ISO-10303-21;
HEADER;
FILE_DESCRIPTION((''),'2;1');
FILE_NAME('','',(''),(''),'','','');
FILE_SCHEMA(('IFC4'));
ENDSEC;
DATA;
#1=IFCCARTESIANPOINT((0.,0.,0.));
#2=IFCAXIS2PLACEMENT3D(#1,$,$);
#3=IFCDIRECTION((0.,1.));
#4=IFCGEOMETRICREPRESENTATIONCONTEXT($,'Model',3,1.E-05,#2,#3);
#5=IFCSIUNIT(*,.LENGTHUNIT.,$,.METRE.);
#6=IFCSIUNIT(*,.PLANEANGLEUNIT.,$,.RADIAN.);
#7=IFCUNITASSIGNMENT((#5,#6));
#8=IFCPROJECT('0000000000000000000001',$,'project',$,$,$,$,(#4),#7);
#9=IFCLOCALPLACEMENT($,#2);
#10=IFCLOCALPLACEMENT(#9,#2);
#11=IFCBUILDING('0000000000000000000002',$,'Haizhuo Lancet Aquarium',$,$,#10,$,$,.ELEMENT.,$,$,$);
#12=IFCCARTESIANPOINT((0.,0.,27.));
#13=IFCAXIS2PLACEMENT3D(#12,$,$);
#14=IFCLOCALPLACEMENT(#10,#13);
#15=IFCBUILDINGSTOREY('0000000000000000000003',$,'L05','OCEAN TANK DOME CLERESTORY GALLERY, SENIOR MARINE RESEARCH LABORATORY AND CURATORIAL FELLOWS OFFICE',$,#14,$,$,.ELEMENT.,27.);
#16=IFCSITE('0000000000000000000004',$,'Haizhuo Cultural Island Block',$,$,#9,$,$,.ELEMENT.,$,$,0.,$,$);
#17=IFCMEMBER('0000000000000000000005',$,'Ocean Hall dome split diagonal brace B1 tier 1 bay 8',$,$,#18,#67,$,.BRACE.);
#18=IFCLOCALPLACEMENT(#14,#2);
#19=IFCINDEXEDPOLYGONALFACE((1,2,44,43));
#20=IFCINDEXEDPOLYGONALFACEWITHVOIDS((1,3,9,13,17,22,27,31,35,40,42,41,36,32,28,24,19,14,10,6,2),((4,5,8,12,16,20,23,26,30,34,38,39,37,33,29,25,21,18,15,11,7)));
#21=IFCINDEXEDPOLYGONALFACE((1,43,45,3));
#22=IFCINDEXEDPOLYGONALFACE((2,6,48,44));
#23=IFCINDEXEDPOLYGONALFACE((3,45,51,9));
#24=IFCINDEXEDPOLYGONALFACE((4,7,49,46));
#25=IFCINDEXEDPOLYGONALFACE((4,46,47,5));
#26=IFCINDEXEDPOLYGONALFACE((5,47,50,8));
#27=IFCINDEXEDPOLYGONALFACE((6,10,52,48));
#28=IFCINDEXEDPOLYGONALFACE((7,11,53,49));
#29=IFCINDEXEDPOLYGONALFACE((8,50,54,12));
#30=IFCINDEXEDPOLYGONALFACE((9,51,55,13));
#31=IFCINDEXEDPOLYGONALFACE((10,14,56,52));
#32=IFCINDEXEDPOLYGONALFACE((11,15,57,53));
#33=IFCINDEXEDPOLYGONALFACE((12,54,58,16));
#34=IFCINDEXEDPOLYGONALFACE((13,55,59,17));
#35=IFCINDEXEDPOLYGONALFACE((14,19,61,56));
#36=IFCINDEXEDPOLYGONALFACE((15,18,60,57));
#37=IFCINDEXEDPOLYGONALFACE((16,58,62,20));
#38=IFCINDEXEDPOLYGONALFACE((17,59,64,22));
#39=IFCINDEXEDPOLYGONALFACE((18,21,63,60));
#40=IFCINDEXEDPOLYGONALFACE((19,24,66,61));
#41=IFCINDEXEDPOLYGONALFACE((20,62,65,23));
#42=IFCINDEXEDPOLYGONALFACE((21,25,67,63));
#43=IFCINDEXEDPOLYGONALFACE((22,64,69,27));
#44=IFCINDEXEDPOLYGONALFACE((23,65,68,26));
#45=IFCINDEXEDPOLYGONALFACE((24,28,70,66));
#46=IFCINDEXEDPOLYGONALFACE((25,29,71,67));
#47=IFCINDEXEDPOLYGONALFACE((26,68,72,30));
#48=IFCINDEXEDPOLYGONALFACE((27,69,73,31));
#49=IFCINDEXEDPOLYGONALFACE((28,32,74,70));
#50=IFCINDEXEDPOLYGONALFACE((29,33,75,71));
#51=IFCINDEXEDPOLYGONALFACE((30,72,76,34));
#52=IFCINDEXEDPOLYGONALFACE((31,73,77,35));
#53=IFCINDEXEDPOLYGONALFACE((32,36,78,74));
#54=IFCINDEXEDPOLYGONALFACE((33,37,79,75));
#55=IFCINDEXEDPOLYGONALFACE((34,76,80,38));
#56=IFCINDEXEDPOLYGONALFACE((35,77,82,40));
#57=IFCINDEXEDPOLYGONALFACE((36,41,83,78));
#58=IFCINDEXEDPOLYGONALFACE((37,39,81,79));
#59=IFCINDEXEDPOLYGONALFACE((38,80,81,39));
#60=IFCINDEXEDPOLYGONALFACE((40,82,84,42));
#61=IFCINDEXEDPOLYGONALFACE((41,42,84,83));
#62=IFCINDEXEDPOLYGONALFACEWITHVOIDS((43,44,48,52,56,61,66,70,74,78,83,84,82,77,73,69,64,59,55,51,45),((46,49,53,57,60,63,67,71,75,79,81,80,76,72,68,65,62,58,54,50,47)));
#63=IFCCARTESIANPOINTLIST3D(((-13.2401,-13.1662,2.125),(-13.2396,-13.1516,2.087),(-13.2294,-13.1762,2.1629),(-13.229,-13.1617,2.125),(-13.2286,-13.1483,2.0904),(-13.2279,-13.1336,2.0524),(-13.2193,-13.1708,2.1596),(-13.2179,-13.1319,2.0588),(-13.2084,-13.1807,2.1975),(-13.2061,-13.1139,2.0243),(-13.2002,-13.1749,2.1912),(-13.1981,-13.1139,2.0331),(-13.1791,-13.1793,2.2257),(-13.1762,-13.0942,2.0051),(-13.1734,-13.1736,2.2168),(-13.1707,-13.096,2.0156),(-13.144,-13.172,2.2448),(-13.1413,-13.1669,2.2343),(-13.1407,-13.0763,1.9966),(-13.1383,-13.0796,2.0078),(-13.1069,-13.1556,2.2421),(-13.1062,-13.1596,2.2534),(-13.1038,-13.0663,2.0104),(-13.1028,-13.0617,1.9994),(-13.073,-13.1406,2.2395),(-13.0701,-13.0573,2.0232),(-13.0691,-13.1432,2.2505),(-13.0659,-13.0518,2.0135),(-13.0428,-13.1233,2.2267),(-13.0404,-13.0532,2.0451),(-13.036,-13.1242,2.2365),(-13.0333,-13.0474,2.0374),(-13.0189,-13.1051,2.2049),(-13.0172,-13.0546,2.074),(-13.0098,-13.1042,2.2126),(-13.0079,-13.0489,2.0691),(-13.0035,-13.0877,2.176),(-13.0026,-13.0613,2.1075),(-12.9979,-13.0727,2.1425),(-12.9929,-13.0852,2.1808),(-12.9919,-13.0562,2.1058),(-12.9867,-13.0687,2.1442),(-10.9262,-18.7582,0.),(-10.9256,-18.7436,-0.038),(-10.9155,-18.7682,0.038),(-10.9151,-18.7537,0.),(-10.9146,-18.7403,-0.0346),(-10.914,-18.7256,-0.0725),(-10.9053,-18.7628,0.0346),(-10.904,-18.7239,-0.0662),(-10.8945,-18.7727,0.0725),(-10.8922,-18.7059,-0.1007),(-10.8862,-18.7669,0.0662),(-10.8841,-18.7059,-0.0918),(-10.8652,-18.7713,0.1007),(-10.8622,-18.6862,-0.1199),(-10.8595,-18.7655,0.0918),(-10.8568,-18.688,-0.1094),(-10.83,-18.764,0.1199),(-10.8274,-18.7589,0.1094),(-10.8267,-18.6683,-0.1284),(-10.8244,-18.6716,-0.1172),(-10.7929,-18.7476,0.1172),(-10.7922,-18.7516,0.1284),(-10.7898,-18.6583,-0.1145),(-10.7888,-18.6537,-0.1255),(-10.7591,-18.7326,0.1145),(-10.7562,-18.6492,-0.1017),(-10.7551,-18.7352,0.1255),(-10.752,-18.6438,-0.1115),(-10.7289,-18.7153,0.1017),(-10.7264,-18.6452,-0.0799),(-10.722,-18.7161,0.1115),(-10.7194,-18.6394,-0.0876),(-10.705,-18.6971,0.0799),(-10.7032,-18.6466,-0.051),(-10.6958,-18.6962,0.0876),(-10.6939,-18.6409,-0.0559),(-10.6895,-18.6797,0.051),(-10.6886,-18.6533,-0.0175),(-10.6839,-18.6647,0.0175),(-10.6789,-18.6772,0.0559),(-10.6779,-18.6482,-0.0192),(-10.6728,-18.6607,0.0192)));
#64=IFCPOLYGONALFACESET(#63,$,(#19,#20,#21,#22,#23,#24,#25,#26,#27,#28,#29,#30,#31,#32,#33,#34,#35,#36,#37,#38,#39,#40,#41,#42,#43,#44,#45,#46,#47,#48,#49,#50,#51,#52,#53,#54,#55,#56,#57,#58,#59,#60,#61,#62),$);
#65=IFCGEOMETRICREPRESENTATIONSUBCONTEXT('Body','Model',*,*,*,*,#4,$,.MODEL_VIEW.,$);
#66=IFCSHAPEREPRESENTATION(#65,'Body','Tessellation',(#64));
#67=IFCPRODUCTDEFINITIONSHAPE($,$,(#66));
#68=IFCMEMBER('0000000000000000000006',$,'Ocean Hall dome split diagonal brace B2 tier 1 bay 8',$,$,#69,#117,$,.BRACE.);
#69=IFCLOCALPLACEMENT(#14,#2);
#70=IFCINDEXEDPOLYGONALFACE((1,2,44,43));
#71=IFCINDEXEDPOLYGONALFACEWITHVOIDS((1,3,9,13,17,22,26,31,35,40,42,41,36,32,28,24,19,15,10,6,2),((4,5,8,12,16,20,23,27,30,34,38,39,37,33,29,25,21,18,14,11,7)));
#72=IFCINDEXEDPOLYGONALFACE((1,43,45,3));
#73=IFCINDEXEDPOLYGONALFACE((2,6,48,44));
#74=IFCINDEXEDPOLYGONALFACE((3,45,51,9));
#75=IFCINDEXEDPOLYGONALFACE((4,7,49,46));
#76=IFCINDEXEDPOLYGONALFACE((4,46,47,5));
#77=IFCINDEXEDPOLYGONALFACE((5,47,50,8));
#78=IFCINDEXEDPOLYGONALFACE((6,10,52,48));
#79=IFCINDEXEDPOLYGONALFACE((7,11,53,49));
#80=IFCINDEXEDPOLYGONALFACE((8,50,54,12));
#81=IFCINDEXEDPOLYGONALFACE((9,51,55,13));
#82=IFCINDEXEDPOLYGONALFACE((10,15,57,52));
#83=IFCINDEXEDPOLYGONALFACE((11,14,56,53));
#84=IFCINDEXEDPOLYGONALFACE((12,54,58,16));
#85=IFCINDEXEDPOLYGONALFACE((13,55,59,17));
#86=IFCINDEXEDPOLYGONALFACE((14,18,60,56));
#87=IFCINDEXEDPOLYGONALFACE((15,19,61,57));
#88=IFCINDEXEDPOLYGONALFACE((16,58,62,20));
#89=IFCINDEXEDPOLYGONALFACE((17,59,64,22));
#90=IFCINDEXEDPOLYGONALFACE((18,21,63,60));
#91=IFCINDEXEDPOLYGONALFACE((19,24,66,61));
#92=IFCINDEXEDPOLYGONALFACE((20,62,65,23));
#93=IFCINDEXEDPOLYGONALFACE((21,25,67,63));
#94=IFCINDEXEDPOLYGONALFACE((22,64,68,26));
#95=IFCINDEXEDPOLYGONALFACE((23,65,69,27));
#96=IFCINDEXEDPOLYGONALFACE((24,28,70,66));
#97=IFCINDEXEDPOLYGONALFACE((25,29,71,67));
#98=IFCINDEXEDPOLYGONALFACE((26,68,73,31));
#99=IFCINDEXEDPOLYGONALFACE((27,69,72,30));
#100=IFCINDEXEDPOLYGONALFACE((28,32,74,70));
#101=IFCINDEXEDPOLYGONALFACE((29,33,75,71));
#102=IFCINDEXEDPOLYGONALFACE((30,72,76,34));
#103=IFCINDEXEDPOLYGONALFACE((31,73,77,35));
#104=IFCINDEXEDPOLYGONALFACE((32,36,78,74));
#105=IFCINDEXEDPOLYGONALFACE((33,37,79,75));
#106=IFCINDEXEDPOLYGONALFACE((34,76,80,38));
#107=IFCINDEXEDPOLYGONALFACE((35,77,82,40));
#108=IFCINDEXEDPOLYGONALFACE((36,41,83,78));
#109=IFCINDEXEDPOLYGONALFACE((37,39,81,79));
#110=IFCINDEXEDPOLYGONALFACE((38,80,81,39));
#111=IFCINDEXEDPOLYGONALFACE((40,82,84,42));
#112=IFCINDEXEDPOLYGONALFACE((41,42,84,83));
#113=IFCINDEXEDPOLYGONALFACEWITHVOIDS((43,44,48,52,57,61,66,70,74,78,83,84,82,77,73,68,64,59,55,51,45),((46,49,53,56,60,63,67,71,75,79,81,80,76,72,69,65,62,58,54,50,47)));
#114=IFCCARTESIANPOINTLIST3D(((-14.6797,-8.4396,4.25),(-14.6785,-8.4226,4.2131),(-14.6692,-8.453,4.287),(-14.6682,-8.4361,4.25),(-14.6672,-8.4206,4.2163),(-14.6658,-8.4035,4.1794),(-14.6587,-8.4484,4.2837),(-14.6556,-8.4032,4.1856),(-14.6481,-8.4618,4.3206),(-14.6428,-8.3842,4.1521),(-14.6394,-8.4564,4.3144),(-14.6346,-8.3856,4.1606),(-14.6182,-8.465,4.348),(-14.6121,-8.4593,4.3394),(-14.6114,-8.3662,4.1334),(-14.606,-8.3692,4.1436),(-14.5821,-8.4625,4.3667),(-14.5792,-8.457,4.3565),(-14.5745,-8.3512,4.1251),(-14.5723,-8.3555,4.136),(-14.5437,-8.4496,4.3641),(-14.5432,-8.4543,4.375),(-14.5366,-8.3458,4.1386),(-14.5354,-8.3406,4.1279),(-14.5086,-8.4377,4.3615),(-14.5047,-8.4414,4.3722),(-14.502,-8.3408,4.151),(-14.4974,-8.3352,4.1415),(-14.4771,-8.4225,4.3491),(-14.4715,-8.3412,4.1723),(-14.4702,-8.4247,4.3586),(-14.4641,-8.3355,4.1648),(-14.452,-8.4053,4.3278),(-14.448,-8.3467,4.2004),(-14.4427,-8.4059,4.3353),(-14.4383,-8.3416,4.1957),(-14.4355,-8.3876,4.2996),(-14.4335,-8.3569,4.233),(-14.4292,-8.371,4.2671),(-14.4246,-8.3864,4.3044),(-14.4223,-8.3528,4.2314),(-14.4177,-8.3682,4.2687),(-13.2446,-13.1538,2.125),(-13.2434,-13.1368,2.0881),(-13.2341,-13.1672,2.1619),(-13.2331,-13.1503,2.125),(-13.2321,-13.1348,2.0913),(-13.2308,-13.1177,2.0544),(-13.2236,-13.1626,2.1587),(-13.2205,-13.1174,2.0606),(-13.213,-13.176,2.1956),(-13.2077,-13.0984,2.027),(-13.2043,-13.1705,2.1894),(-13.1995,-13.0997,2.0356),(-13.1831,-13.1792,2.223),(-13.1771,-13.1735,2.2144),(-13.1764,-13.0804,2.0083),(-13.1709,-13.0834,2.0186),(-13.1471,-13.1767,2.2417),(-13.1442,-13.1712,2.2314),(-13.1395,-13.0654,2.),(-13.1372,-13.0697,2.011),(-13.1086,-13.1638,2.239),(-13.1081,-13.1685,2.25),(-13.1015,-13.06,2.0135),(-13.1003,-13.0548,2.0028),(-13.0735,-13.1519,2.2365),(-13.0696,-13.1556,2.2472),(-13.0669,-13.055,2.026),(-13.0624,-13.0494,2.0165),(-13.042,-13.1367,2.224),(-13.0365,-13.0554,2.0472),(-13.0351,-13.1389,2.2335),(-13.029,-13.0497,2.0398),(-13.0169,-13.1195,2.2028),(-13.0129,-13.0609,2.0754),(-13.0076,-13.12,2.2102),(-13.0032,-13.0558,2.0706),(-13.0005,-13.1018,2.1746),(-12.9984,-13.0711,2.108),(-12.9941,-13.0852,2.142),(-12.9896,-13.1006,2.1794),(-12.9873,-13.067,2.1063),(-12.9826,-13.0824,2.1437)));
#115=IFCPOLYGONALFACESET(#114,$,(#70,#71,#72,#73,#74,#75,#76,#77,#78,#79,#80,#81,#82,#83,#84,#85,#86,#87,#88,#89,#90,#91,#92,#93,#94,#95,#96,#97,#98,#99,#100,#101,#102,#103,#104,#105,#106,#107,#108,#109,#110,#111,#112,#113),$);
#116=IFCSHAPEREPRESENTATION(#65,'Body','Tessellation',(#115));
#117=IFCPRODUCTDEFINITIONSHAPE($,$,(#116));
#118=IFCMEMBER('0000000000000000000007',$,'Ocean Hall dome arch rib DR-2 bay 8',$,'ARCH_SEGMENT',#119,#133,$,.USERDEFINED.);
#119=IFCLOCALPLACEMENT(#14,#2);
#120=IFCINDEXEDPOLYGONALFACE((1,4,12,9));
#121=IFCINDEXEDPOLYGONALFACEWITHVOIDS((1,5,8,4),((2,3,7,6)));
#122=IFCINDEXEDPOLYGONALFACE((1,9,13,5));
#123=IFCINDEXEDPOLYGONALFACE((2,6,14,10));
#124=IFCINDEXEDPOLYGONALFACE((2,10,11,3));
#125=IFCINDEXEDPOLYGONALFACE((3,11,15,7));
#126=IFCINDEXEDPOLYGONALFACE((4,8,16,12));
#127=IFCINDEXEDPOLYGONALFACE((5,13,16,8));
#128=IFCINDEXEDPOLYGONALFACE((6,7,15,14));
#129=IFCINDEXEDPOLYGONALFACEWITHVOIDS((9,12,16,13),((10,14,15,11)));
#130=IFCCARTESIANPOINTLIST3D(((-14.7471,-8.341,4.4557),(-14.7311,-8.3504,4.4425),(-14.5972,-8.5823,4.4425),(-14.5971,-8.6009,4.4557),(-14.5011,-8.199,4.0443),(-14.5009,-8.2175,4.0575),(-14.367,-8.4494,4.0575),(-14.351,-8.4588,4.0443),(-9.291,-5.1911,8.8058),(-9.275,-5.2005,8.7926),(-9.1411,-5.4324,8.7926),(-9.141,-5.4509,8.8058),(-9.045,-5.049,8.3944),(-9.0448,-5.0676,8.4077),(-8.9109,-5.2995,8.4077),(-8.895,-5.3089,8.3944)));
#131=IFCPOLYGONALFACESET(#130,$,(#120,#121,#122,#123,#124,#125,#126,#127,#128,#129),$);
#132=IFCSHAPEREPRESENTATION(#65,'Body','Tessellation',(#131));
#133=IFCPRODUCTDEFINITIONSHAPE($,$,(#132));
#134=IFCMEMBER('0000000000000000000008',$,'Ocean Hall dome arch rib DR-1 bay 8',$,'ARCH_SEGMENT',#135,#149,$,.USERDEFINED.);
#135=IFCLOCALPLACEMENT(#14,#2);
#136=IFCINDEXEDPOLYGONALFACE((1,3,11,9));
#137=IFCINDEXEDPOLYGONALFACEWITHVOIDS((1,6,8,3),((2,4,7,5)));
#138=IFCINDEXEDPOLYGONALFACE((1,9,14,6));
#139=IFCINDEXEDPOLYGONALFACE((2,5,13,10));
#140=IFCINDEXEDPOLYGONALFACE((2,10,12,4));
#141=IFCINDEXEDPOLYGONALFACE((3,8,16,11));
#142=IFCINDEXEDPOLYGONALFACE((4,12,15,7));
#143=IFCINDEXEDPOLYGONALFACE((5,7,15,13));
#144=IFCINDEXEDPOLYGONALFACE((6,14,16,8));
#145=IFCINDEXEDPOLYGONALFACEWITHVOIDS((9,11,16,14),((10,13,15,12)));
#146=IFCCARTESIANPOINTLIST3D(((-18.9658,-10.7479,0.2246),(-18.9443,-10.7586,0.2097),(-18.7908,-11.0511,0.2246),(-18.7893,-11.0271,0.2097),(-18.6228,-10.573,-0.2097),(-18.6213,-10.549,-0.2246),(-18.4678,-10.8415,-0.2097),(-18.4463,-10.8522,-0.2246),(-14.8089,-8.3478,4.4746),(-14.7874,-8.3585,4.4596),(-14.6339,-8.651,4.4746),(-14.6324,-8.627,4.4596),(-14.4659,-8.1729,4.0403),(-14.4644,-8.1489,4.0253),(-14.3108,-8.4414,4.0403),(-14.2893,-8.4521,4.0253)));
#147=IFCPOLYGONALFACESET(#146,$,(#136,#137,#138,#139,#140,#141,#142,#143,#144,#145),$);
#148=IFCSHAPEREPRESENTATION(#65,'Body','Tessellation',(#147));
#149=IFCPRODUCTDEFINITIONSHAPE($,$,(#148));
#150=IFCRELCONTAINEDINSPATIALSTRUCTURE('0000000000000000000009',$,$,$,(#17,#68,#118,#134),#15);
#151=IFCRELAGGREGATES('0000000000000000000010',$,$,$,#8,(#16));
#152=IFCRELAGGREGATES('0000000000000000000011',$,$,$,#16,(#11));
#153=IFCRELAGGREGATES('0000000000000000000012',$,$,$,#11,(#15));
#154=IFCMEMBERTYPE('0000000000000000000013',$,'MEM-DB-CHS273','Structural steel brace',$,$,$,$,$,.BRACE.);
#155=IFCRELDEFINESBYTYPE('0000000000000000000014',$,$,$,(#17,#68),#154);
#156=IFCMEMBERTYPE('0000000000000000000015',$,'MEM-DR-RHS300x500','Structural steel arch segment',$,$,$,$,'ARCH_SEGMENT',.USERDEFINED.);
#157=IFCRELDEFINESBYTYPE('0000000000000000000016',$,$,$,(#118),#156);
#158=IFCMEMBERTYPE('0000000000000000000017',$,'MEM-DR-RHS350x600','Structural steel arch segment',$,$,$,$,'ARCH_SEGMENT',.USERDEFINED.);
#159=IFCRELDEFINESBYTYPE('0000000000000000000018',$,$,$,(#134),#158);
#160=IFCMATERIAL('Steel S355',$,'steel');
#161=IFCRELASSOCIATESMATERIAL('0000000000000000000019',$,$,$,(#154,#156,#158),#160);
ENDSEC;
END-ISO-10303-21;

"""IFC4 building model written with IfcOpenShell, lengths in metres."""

from ifc_helpers import new_model, si_unit, direction, frame, origin, origin_2d, place, context, subcontext, project, spatial, hollow_rectangle, hollow_circle, extrude, material, material_profile, profile_set, type_object, element, save


model = new_model("IFC4")

# Units and contexts
model_context = context("Model", 3, precision=1e-05, world=origin(), true_north=direction((0.0, 1.0)))
body_context = subcontext(model_context, "Body", "Model", "MODEL_VIEW")
ifc_project = project(units=[si_unit("LENGTHUNIT", "METRE"), si_unit("PLANEANGLEUNIT", "RADIAN")], contexts=[model_context])

# Site, building, storey
site_placement = place(None, origin())
site = spatial("IfcSite", under=ifc_project, at=site_placement, Name="Haizhuo Cultural Island Block", CompositionType="ELEMENT", RefElevation=0.0)
building_placement = place(site_placement, origin())
building = spatial("IfcBuilding", under=site, at=building_placement, Name="Haizhuo Lancet Aquarium", CompositionType="ELEMENT")
storey_placement = place(building_placement, frame((0.0, 0.0, 27.0)))
storey = spatial("IfcBuildingStorey", under=building, at=storey_placement, Name="L05", Description="OCEAN TANK DOME CLERESTORY GALLERY, SENIOR MARINE RESEARCH LABORATORY AND CURATORIAL FELLOWS OFFICE", CompositionType="ELEMENT", Elevation=27.0)

# Members
ifc_material_1 = material(Name="Steel S355", Category="steel")
ifc_material_profile_1 = material_profile(ifc_material_1, hollow_circle(Radius=0.1365, WallThickness=0.012, at=origin_2d()), Name="CHS 273x12")
ifc_profile_set_1 = profile_set([ifc_material_profile_1], Name="Steel S355")
member_type_1 = type_object("IfcMemberType", Name="MEM-DB-CHS273", Description="Structural steel brace", PredefinedType="BRACE", material=ifc_profile_set_1)
member_1_placement = place(storey_placement, frame((-10.8, -18.7061, 0.0), z_axis=(-0.360761, 0.871832, 0.3313), x_axis=(-0.924016, -0.382354, 0.0)))
element("IfcMember", 1, at=member_1_placement, inside=storey, type_object=member_type_1, Name="Ocean Hall dome split diagonal brace B1 tier 1 bay 8", PredefinedType="BRACE", context=body_context, shape_type="SweptSolid", body=[
    extrude(hollow_circle(Radius=0.1365, WallThickness=0.012, at=origin_2d()), origin(), (0.0, 0.0, 1.0), 6.4141),
])
member_2_placement = place(storey_placement, frame((-13.114, -13.114, 2.125), z_axis=(-0.267417, 0.878455, 0.395985), x_axis=(-0.956655, -0.291223, 0.0)))
element("IfcMember", 2, at=member_2_placement, inside=storey, type_object=member_type_1, Name="Ocean Hall dome split diagonal brace B2 tier 1 bay 8", PredefinedType="BRACE", context=body_context, shape_type="SweptSolid", body=[
    extrude(hollow_circle(Radius=0.1365, WallThickness=0.012, at=origin_2d()), origin(), (0.0, 0.0, 1.0), 5.3665),
])
ifc_material_profile_2 = material_profile(ifc_material_1, hollow_rectangle(XDim=0.3, YDim=0.5, WallThickness=0.0161, at=origin_2d()), Name="RHS 300x500x16")
ifc_profile_set_2 = profile_set([ifc_material_profile_2], Name="Steel S355")
member_type_2 = type_object("IfcMemberType", Name="MEM-DR-RHS300x500", Description="Structural steel arch segment", ElementType="ARCH_SEGMENT", PredefinedType="USERDEFINED", material=ifc_profile_set_2)
member_3_placement = place(storey_placement, frame((-14.5491, -8.3999, 4.25), z_axis=(0.712654, 0.411431, 0.568197), x_axis=(-0.499982, 0.866036, 0.0)))
element("IfcMember", 3, at=member_3_placement, inside=storey, type_object=member_type_2, Name="Ocean Hall dome arch rib DR-2 bay 8", ObjectType="ARCH_SEGMENT", PredefinedType="USERDEFINED", context=body_context, shape_type="SweptSolid", body=[
    extrude(hollow_rectangle(XDim=0.3, YDim=0.5, WallThickness=0.0161, at=origin_2d()), origin(), (0.0, 0.0, 1.0), 7.656),
])
ifc_material_profile_3 = material_profile(ifc_material_1, hollow_rectangle(XDim=0.3501, YDim=0.6001, WallThickness=0.02, at=origin_2d()), Name="RHS 350x600x20")
ifc_profile_set_3 = profile_set([ifc_material_profile_3], Name="Steel S355")
member_type_3 = type_object("IfcMemberType", Name="MEM-DR-RHS350x600", Description="Structural steel arch segment", ElementType="ARCH_SEGMENT", PredefinedType="USERDEFINED", material=ifc_profile_set_3)
member_4_placement = place(storey_placement, frame((-18.7061, -10.8, 0.0), z_axis=(0.648392, 0.374367, 0.662901), x_axis=(-0.500017, 0.866015, 0.0)))
element("IfcMember", 4, at=member_4_placement, inside=storey, type_object=member_type_3, Name="Ocean Hall dome arch rib DR-1 bay 8", ObjectType="ARCH_SEGMENT", PredefinedType="USERDEFINED", context=body_context, shape_type="SweptSolid", body=[
    extrude(hollow_rectangle(XDim=0.3501, YDim=0.6001, WallThickness=0.02, at=origin_2d()), origin(), (0.0, 0.0, 1.0), 6.4111),
])

save(model, "model.ifc")
